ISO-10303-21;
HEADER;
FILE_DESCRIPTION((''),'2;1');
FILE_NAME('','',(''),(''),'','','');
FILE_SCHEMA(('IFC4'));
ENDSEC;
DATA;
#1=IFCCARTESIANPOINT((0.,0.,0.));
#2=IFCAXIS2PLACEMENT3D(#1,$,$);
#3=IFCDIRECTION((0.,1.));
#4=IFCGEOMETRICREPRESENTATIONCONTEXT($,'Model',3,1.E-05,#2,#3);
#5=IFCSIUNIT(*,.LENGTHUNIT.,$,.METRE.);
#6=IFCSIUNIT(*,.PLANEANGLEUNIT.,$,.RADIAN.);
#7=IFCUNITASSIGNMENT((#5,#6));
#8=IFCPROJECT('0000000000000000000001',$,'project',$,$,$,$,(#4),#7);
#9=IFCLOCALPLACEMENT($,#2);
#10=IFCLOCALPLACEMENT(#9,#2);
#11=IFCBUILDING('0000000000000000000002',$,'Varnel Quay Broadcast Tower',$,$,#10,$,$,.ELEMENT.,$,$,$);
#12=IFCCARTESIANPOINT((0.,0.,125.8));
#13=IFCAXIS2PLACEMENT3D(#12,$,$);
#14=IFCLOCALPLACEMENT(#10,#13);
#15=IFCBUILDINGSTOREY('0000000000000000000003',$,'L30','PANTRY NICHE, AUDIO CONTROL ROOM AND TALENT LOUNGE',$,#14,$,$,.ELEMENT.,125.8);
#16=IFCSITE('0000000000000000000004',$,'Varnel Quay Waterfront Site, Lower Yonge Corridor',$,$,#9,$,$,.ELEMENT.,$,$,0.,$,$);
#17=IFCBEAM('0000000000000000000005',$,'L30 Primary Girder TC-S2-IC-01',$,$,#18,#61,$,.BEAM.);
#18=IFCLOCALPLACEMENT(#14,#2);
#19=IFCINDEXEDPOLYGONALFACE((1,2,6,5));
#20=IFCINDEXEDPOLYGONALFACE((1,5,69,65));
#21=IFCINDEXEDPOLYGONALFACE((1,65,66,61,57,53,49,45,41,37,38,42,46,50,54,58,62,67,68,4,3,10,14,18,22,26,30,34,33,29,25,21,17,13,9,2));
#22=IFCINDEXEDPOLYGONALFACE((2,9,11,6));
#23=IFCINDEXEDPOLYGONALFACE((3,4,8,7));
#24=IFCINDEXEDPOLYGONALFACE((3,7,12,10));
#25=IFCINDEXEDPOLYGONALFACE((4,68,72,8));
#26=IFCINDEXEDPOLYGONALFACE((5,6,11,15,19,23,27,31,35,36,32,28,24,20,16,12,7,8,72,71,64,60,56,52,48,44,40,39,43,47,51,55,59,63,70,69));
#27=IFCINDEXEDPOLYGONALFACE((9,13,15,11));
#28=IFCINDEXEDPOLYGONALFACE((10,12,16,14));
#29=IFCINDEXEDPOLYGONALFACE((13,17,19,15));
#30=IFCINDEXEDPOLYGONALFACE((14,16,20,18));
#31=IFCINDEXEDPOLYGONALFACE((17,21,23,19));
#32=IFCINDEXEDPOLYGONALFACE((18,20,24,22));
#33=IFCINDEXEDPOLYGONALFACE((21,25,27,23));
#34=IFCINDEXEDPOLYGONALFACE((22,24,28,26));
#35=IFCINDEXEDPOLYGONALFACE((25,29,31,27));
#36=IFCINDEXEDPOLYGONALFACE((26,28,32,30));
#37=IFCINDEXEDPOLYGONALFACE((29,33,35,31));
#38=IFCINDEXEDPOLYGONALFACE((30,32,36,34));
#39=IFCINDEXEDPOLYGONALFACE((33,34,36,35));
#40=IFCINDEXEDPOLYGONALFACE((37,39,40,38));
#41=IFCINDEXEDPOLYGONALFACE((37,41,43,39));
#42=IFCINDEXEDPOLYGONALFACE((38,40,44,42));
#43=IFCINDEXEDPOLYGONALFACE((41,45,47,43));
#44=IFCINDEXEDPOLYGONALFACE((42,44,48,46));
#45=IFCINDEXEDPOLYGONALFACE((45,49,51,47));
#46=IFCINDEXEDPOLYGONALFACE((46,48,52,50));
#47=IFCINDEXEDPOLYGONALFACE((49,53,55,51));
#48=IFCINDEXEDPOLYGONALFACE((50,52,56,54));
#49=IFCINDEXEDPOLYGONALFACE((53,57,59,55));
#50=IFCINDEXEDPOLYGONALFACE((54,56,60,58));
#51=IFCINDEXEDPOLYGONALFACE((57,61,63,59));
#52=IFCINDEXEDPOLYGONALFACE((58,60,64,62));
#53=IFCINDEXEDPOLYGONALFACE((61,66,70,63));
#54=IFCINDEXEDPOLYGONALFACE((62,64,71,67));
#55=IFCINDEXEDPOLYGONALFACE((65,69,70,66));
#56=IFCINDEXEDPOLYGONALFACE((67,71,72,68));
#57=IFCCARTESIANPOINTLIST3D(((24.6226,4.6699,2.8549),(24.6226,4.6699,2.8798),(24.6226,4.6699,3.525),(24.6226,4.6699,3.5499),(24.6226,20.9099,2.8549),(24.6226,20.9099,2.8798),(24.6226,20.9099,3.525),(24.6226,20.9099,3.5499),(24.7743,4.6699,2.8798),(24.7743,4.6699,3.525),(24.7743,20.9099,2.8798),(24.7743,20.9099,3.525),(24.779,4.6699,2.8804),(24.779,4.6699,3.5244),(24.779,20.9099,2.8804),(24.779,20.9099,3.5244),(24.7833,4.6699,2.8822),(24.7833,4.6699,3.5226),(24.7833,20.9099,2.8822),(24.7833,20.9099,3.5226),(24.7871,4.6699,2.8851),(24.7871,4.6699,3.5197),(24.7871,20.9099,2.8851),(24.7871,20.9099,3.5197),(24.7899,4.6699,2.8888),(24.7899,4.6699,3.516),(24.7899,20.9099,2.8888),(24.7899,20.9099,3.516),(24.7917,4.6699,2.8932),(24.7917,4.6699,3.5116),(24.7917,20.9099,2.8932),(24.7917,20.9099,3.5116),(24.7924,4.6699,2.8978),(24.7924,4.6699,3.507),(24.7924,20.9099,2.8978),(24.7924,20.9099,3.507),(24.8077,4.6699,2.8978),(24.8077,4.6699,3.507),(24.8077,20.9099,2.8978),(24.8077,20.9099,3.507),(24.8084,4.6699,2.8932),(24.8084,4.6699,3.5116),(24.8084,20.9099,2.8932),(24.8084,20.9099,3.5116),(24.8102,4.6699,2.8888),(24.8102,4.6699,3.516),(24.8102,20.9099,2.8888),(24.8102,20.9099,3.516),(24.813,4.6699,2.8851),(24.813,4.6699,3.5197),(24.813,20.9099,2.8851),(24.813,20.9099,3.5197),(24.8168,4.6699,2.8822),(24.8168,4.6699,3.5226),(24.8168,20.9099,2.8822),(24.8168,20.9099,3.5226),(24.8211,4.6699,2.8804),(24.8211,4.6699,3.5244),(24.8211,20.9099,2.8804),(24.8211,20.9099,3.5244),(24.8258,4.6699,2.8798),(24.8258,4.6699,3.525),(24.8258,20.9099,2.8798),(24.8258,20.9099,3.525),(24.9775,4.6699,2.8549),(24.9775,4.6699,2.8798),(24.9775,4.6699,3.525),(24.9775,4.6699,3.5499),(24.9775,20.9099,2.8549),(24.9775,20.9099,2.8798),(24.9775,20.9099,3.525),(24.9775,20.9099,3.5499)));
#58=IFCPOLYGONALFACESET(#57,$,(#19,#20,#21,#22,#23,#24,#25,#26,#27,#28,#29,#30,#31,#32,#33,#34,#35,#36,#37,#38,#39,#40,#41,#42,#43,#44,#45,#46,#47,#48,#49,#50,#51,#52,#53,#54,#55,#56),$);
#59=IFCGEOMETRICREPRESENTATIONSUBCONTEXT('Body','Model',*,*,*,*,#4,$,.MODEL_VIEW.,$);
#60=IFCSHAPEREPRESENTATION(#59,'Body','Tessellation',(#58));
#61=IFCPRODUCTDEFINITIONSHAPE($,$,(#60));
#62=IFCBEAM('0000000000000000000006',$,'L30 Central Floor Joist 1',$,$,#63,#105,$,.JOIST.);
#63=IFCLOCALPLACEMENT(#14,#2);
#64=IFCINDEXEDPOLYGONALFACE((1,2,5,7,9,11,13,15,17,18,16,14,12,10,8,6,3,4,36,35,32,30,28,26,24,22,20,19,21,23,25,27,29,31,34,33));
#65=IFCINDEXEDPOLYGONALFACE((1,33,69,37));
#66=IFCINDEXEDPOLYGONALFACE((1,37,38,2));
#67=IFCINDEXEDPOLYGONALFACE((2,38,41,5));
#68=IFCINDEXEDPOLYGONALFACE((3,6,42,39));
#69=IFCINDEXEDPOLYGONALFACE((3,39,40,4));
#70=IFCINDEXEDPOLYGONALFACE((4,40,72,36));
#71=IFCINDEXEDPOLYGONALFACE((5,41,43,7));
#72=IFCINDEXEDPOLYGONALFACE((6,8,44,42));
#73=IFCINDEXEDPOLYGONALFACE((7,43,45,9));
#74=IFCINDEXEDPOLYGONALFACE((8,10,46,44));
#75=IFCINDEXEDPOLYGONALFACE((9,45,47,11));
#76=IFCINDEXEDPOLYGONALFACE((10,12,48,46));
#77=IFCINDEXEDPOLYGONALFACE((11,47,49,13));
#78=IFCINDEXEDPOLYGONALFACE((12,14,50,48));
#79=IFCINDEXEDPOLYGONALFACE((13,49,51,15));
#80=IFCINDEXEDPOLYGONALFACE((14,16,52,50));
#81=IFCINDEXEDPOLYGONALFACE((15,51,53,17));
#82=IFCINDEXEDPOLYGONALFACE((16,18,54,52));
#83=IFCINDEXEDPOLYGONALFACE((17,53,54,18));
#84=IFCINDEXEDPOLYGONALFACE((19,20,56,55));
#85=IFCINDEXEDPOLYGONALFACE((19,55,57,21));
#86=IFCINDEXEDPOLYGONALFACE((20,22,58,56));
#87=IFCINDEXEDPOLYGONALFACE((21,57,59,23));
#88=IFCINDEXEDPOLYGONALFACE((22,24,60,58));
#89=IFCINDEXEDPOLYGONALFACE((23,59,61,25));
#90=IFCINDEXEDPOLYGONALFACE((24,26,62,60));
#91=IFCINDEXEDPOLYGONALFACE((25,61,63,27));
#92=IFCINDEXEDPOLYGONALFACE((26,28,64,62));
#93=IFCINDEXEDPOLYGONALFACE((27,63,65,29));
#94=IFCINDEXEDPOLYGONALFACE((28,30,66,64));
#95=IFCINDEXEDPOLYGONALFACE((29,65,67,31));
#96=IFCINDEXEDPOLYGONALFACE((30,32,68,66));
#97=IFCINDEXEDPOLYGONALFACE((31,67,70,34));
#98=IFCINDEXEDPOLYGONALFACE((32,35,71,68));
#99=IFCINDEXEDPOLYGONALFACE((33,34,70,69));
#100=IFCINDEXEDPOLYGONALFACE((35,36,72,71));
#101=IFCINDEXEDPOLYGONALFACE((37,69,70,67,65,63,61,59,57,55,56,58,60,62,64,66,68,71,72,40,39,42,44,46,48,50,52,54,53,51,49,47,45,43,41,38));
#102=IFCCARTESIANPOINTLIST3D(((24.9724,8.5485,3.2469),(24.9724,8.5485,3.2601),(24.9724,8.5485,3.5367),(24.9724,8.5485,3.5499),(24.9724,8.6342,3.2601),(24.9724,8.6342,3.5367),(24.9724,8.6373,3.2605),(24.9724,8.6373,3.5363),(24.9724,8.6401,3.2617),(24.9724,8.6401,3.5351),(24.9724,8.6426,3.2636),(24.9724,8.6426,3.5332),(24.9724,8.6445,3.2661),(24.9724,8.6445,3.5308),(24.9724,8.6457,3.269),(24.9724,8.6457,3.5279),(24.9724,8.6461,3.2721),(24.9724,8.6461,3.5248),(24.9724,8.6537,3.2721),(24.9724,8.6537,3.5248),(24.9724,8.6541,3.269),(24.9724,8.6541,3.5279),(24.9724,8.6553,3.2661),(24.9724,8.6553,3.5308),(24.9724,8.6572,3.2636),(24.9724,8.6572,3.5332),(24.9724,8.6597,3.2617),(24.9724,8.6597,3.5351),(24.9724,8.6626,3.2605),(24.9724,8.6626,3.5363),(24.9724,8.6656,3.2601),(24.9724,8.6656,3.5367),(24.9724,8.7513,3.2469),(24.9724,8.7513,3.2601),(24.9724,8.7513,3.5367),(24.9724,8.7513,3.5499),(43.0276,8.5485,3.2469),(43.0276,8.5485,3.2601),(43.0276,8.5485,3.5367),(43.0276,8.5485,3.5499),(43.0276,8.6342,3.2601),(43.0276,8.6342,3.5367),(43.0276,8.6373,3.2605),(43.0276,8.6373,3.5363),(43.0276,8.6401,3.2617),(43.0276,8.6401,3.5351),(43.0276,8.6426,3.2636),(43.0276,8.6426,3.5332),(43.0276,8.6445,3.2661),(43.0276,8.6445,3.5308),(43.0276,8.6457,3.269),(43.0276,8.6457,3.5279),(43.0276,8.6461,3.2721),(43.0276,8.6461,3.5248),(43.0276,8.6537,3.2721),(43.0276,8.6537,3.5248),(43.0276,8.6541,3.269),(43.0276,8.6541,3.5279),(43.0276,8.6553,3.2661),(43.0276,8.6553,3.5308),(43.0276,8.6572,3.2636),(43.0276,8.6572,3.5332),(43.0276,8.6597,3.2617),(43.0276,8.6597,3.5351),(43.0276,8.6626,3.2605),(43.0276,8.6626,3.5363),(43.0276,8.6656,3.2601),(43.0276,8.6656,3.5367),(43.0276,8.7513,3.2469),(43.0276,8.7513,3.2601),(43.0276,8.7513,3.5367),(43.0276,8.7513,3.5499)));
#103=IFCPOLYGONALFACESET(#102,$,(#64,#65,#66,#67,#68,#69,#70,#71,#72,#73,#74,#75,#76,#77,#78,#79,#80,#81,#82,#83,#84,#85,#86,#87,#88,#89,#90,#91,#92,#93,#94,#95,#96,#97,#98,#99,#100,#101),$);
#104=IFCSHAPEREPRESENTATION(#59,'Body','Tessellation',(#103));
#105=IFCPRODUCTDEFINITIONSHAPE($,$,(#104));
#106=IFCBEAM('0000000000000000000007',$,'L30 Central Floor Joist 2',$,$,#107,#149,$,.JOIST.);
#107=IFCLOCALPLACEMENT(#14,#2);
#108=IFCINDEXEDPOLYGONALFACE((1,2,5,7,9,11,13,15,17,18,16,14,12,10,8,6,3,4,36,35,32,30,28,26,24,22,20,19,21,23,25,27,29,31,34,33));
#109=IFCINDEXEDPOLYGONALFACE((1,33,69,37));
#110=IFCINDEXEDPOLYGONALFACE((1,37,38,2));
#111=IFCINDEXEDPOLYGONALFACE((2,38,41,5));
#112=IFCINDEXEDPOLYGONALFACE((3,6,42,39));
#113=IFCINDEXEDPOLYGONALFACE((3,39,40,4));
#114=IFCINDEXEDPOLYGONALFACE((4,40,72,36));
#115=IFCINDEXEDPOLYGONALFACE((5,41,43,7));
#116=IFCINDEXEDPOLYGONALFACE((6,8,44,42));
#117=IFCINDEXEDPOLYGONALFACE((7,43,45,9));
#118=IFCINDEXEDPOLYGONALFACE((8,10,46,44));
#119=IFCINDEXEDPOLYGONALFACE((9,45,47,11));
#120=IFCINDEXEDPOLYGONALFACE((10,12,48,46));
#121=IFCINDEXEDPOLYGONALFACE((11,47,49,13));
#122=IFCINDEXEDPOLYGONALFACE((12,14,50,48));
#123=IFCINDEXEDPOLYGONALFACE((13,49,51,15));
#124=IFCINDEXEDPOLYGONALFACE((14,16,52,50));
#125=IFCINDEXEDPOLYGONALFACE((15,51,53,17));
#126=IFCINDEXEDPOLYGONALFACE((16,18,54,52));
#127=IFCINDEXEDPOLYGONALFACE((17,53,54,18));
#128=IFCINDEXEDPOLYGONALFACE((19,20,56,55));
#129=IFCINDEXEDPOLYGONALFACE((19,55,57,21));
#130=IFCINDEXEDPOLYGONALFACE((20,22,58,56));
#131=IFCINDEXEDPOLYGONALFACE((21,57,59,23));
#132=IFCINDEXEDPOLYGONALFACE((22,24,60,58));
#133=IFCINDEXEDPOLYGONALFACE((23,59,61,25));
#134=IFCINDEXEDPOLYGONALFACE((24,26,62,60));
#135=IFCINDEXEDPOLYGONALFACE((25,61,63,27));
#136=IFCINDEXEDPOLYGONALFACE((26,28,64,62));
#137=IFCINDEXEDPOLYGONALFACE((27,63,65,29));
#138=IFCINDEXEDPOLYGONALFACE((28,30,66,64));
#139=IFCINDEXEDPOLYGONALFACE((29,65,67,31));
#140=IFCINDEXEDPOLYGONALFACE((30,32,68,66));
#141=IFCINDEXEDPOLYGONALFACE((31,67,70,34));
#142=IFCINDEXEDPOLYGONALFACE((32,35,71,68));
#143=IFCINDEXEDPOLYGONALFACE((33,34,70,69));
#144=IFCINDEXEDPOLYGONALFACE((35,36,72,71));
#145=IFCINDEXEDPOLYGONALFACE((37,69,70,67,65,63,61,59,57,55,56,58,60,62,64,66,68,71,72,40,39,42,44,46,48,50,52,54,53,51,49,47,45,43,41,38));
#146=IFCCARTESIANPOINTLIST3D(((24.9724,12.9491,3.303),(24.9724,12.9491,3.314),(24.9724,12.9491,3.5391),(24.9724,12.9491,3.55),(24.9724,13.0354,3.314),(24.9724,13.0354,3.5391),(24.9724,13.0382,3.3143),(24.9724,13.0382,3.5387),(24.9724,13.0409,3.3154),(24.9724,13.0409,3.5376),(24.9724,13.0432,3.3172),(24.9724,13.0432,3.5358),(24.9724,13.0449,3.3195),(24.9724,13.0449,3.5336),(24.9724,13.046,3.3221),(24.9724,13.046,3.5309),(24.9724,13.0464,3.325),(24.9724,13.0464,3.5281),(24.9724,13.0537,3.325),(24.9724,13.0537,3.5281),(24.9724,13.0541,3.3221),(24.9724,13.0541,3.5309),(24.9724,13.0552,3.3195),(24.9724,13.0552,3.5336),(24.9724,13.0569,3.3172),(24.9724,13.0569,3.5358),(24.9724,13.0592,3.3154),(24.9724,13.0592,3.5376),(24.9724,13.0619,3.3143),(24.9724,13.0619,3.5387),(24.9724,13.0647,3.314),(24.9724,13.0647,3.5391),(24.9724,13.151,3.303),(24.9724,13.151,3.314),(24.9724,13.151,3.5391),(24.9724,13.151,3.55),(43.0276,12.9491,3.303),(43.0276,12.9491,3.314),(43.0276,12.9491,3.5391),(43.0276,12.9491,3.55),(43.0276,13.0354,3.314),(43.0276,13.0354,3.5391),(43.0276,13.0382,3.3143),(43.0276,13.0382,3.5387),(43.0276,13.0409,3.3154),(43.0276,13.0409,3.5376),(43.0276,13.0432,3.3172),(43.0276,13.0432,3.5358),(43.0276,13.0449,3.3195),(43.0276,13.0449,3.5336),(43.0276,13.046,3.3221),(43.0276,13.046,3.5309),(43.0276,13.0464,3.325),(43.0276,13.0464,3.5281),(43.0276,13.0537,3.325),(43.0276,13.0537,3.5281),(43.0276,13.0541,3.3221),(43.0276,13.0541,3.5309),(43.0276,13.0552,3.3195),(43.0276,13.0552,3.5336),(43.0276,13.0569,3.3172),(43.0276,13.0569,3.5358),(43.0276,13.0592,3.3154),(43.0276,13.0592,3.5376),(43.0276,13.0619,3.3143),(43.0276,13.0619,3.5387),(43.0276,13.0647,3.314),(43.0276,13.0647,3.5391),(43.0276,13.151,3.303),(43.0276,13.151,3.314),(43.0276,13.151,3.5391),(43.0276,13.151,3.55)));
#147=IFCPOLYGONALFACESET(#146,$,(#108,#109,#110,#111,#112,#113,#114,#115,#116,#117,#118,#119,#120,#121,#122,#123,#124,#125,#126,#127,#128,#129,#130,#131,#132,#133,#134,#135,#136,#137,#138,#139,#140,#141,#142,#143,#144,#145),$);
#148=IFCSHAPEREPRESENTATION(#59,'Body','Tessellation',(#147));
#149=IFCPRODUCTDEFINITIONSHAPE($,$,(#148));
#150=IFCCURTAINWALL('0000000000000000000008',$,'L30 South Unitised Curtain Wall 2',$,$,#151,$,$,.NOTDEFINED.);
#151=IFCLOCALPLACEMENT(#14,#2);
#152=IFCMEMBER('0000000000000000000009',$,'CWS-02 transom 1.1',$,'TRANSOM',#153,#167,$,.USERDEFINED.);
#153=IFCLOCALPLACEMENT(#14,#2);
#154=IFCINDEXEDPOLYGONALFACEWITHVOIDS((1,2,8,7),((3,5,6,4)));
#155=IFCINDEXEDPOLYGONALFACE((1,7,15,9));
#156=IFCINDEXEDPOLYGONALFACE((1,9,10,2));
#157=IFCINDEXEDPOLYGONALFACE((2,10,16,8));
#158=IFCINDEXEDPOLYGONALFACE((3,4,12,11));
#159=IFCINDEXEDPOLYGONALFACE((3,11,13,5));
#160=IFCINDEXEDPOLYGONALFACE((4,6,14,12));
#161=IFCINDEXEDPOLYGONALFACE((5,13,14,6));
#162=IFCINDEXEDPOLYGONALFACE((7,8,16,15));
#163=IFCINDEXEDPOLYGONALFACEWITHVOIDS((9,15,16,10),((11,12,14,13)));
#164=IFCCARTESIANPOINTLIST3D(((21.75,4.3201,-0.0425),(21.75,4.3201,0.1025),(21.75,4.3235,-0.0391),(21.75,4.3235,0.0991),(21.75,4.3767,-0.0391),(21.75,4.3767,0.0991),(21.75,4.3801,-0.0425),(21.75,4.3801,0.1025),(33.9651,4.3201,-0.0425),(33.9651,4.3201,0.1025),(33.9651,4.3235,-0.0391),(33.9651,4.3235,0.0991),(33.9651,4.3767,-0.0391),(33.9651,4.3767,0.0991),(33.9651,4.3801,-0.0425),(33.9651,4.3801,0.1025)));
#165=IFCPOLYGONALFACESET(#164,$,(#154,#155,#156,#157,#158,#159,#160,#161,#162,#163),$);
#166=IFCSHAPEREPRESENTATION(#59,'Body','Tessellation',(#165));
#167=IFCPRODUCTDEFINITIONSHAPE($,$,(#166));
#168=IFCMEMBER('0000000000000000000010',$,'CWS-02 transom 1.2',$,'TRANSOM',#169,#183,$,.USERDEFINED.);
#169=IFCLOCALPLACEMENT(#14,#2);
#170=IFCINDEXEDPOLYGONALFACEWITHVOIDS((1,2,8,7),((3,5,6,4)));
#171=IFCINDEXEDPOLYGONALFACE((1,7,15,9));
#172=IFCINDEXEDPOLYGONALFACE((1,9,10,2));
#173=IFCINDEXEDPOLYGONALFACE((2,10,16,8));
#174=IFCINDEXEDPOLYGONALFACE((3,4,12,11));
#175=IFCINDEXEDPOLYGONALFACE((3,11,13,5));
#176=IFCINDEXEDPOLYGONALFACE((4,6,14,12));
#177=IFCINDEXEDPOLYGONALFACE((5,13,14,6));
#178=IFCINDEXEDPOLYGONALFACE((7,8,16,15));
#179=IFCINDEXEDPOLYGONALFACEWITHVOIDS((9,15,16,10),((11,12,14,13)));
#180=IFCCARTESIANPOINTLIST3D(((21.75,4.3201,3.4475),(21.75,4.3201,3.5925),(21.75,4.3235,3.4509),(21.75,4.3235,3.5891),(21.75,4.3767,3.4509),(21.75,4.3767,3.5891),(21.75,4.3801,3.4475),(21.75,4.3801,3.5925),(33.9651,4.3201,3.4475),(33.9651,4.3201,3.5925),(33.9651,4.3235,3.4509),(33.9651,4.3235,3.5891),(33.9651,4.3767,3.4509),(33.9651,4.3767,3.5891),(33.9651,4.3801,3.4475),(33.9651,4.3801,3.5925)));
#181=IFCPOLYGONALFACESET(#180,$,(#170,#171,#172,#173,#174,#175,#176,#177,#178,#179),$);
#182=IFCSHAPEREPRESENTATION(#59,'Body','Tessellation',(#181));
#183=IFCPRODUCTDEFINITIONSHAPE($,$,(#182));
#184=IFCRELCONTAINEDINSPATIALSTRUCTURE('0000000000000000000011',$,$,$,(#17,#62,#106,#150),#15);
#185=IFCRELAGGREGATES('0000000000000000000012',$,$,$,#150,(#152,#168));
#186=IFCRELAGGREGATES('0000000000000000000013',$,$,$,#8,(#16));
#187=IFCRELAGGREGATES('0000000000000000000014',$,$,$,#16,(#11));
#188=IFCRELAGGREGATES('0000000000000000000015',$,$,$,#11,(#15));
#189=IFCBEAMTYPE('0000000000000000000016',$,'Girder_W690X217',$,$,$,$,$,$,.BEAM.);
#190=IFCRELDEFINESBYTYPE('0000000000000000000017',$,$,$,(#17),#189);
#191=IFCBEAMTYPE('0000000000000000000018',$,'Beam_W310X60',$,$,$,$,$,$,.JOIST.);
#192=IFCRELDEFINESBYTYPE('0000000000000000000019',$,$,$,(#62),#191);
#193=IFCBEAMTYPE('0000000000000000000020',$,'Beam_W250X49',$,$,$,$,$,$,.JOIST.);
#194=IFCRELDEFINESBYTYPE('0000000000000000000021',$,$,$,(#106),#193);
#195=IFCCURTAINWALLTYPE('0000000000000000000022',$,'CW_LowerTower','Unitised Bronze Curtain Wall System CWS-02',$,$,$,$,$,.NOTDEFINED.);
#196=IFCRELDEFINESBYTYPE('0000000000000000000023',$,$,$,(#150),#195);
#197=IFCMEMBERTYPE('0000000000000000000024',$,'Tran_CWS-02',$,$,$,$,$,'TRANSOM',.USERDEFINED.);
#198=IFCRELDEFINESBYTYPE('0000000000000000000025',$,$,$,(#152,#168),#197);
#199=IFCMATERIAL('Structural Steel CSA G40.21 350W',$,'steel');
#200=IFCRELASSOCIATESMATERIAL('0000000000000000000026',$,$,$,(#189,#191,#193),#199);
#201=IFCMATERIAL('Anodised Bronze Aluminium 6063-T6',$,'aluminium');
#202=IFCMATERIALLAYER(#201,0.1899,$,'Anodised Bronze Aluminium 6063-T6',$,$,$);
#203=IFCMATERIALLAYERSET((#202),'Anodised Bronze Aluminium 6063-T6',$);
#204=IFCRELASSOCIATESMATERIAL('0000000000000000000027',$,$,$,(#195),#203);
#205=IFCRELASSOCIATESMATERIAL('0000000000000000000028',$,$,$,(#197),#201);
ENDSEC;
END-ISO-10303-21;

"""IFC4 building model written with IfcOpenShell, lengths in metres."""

from ifc_helpers import new_model, si_unit, direction, frame, origin, origin_2d, place, context, subcontext, project, spatial, hollow_rectangle, i_section, extrude, source, transform, mapped, material, layer, layer_set, material_profile, profile_set, type_object, type_shapes, element, aggregate, save


model = new_model("IFC4")

# Units and contexts
model_context = context("Model", 3, precision=1e-05, world=origin(), true_north=direction((0.0, 1.0)))
body_context = subcontext(model_context, "Body", "Model", "MODEL_VIEW")
ifc_project = project(units=[si_unit("LENGTHUNIT", "METRE"), si_unit("PLANEANGLEUNIT", "RADIAN")], contexts=[model_context])

# Site, building, storey
site_placement = place(None, origin())
site = spatial("IfcSite", under=ifc_project, at=site_placement, Name="Varnel Quay Waterfront Site, Lower Yonge Corridor", CompositionType="ELEMENT", RefElevation=0.0)
building_placement = place(site_placement, origin())
building = spatial("IfcBuilding", under=site, at=building_placement, Name="Varnel Quay Broadcast Tower", CompositionType="ELEMENT")
storey_placement = place(building_placement, frame((0.0, 0.0, 125.8)))
storey = spatial("IfcBuildingStorey", under=building, at=storey_placement, Name="L30", Description="PANTRY NICHE, AUDIO CONTROL ROOM AND TALENT LOUNGE", CompositionType="ELEMENT", Elevation=125.8)

# Shared definitions
ifc_material_1 = material(Name="Structural Steel CSA G40.21 350W", Category="steel")

# Beams
ifc_material_profile_1 = material_profile(ifc_material_1, i_section(OverallWidth=0.355, OverallDepth=0.6951, WebThickness=0.0154, FlangeThickness=0.0249, FilletRadius=0.0181, at=origin_2d()), Name="W690X217")
ifc_profile_set_1 = profile_set([ifc_material_profile_1], Name="Structural Steel CSA G40.21 350W")
beam_type_1 = type_object("IfcBeamType", Name="Girder_W690X217", PredefinedType="BEAM", material=ifc_profile_set_1)
shared_shape_1 = source(origin(), body_context, "Body", "SweptSolid", [
    extrude(i_section(OverallWidth=0.355, OverallDepth=0.6951, WebThickness=0.0154, FlangeThickness=0.0249, FilletRadius=0.0181, at=origin_2d()), origin(), (0.0, 0.0, 1.0), 16.24),
])
type_shapes(beam_type_1, [shared_shape_1])
beam_1_placement = place(storey_placement, frame((24.8, 4.6699, 3.2024), z_axis=(0.0, 1.0, 0.0), x_axis=(-1.0, 0.0, 0.0)))
element("IfcBeam", 1, at=beam_1_placement, inside=storey, type_object=beam_type_1, Name="L30 Primary Girder TC-S2-IC-01", PredefinedType="BEAM", context=body_context, shape_type="MappedRepresentation", body=[
    mapped(shared_shape_1, transform((0.0, 0.0, 0.0), x_axis=(1.0, 0.0, 0.0), y_axis=(0.0, 1.0, 0.0), z_axis=(0.0, 0.0, 1.0), scale=1.0)),
])
ifc_material_profile_2 = material_profile(ifc_material_1, i_section(OverallWidth=0.2029, OverallDepth=0.303, WebThickness=0.0076, FlangeThickness=0.0132, FilletRadius=0.012, at=origin_2d()), Name="W310X60")
ifc_profile_set_2 = profile_set([ifc_material_profile_2], Name="Structural Steel CSA G40.21 350W")
beam_type_2 = type_object("IfcBeamType", Name="Beam_W310X60", PredefinedType="JOIST", material=ifc_profile_set_2)
shared_shape_2 = source(origin(), body_context, "Body", "SweptSolid", [
    extrude(i_section(OverallWidth=0.2029, OverallDepth=0.303, WebThickness=0.0076, FlangeThickness=0.0132, FilletRadius=0.012, at=origin_2d()), origin(), (0.0, 0.0, 1.0), 18.0552),
])
type_shapes(beam_type_2, [shared_shape_2])
beam_2_placement = place(storey_placement, frame((24.9724, 8.6499, 3.3984), z_axis=(1.0, 0.0, 0.0), x_axis=(0.0, 1.0, 0.0)))
element("IfcBeam", 2, at=beam_2_placement, inside=storey, type_object=beam_type_2, Name="L30 Central Floor Joist 1", PredefinedType="JOIST", context=body_context, shape_type="MappedRepresentation", body=[
    mapped(shared_shape_2, transform((0.0, 0.0, 0.0), x_axis=(1.0, 0.0, 0.0), y_axis=(0.0, 1.0, 0.0), z_axis=(0.0, 0.0, 1.0), scale=1.0)),
])
ifc_material_profile_3 = material_profile(ifc_material_1, i_section(OverallWidth=0.2019, OverallDepth=0.2471, WebThickness=0.0073, FlangeThickness=0.011, FilletRadius=0.011, at=origin_2d()), Name="W250X49")
ifc_profile_set_3 = profile_set([ifc_material_profile_3], Name="Structural Steel CSA G40.21 350W")
beam_type_3 = type_object("IfcBeamType", Name="Beam_W250X49", PredefinedType="JOIST", material=ifc_profile_set_3)
shared_shape_3 = source(origin(), body_context, "Body", "SweptSolid", [
    extrude(i_section(OverallWidth=0.2019, OverallDepth=0.2471, WebThickness=0.0073, FlangeThickness=0.011, FilletRadius=0.011, at=origin_2d()), origin(), (0.0, 0.0, 1.0), 18.0552),
])
type_shapes(beam_type_3, [shared_shape_3])
beam_3_placement = place(storey_placement, frame((24.9724, 13.05, 3.4265), z_axis=(1.0, 0.0, 0.0), x_axis=(0.0, 1.0, 0.0)))
element("IfcBeam", 3, at=beam_3_placement, inside=storey, type_object=beam_type_3, Name="L30 Central Floor Joist 2", PredefinedType="JOIST", context=body_context, shape_type="MappedRepresentation", body=[
    mapped(shared_shape_3, transform((0.0, 0.0, 0.0), x_axis=(1.0, 0.0, 0.0), y_axis=(0.0, 1.0, 0.0), z_axis=(0.0, 0.0, 1.0), scale=1.0)),
])

# Curtain wall, members
ifc_material_2 = material(Name="Anodised Bronze Aluminium 6063-T6", Category="aluminium")
ifc_layer_1 = layer(ifc_material_2, 0.1899, Name="Anodised Bronze Aluminium 6063-T6")
ifc_layer_set_1 = layer_set([ifc_layer_1], Name="Anodised Bronze Aluminium 6063-T6")
curtain_wall_type_1 = type_object("IfcCurtainWallType", Name="CW_LowerTower", Description="Unitised Bronze Curtain Wall System CWS-02", PredefinedType="NOTDEFINED", material=ifc_layer_set_1)
curtain_wall_1_placement = place(storey_placement, origin())
curtain_wall_1 = element("IfcCurtainWall", 4, at=curtain_wall_1_placement, inside=storey, type_object=curtain_wall_type_1, Name="L30 South Unitised Curtain Wall 2", PredefinedType="NOTDEFINED")
ifc_material_profile_4 = material_profile(ifc_material_2, hollow_rectangle(XDim=0.0601, YDim=0.145, WallThickness=0.0034, at=origin_2d()), Name="ALU60X145X3.5")
ifc_profile_set_4 = profile_set([ifc_material_profile_4], Name="Anodised Bronze Aluminium 6063-T6")
member_type_1 = type_object("IfcMemberType", Name="Tran_CWS-02", ElementType="TRANSOM", PredefinedType="USERDEFINED", material=ifc_profile_set_4)
shared_shape_4 = source(origin(), body_context, "Body", "SweptSolid", [
    extrude(hollow_rectangle(XDim=0.0601, YDim=0.145, WallThickness=0.0034, at=origin_2d()), origin(), (0.0, 0.0, 1.0), 12.2151),
])
member_1_placement = place(storey_placement, frame((21.75, 4.3501, 0.03), z_axis=(1.0, 0.0, 0.0), x_axis=(0.0, 1.0, 0.0)))
member_1 = element("IfcMember", 5, at=member_1_placement, type_object=member_type_1, Name="CWS-02 transom 1.1", ObjectType="TRANSOM", PredefinedType="USERDEFINED", context=body_context, shape_type="MappedRepresentation", body=[
    mapped(shared_shape_4, transform((0.0, 0.0, 0.0), x_axis=(1.0, 0.0, 0.0), y_axis=(0.0, 1.0, 0.0), z_axis=(0.0, 0.0, 1.0), scale=1.0)),
])
member_2_placement = place(storey_placement, frame((21.75, 4.3501, 3.52), z_axis=(1.0, 0.0, 0.0), x_axis=(0.0, 1.0, 0.0)))
member_2 = element("IfcMember", 6, at=member_2_placement, type_object=member_type_1, Name="CWS-02 transom 1.2", ObjectType="TRANSOM", PredefinedType="USERDEFINED", context=body_context, shape_type="MappedRepresentation", body=[
    mapped(shared_shape_4, transform((0.0, 0.0, 0.0), x_axis=(1.0, 0.0, 0.0), y_axis=(0.0, 1.0, 0.0), z_axis=(0.0, 0.0, 1.0), scale=1.0)),
])

aggregate(curtain_wall_1, [member_1, member_2])

save(model, "model.ifc")
